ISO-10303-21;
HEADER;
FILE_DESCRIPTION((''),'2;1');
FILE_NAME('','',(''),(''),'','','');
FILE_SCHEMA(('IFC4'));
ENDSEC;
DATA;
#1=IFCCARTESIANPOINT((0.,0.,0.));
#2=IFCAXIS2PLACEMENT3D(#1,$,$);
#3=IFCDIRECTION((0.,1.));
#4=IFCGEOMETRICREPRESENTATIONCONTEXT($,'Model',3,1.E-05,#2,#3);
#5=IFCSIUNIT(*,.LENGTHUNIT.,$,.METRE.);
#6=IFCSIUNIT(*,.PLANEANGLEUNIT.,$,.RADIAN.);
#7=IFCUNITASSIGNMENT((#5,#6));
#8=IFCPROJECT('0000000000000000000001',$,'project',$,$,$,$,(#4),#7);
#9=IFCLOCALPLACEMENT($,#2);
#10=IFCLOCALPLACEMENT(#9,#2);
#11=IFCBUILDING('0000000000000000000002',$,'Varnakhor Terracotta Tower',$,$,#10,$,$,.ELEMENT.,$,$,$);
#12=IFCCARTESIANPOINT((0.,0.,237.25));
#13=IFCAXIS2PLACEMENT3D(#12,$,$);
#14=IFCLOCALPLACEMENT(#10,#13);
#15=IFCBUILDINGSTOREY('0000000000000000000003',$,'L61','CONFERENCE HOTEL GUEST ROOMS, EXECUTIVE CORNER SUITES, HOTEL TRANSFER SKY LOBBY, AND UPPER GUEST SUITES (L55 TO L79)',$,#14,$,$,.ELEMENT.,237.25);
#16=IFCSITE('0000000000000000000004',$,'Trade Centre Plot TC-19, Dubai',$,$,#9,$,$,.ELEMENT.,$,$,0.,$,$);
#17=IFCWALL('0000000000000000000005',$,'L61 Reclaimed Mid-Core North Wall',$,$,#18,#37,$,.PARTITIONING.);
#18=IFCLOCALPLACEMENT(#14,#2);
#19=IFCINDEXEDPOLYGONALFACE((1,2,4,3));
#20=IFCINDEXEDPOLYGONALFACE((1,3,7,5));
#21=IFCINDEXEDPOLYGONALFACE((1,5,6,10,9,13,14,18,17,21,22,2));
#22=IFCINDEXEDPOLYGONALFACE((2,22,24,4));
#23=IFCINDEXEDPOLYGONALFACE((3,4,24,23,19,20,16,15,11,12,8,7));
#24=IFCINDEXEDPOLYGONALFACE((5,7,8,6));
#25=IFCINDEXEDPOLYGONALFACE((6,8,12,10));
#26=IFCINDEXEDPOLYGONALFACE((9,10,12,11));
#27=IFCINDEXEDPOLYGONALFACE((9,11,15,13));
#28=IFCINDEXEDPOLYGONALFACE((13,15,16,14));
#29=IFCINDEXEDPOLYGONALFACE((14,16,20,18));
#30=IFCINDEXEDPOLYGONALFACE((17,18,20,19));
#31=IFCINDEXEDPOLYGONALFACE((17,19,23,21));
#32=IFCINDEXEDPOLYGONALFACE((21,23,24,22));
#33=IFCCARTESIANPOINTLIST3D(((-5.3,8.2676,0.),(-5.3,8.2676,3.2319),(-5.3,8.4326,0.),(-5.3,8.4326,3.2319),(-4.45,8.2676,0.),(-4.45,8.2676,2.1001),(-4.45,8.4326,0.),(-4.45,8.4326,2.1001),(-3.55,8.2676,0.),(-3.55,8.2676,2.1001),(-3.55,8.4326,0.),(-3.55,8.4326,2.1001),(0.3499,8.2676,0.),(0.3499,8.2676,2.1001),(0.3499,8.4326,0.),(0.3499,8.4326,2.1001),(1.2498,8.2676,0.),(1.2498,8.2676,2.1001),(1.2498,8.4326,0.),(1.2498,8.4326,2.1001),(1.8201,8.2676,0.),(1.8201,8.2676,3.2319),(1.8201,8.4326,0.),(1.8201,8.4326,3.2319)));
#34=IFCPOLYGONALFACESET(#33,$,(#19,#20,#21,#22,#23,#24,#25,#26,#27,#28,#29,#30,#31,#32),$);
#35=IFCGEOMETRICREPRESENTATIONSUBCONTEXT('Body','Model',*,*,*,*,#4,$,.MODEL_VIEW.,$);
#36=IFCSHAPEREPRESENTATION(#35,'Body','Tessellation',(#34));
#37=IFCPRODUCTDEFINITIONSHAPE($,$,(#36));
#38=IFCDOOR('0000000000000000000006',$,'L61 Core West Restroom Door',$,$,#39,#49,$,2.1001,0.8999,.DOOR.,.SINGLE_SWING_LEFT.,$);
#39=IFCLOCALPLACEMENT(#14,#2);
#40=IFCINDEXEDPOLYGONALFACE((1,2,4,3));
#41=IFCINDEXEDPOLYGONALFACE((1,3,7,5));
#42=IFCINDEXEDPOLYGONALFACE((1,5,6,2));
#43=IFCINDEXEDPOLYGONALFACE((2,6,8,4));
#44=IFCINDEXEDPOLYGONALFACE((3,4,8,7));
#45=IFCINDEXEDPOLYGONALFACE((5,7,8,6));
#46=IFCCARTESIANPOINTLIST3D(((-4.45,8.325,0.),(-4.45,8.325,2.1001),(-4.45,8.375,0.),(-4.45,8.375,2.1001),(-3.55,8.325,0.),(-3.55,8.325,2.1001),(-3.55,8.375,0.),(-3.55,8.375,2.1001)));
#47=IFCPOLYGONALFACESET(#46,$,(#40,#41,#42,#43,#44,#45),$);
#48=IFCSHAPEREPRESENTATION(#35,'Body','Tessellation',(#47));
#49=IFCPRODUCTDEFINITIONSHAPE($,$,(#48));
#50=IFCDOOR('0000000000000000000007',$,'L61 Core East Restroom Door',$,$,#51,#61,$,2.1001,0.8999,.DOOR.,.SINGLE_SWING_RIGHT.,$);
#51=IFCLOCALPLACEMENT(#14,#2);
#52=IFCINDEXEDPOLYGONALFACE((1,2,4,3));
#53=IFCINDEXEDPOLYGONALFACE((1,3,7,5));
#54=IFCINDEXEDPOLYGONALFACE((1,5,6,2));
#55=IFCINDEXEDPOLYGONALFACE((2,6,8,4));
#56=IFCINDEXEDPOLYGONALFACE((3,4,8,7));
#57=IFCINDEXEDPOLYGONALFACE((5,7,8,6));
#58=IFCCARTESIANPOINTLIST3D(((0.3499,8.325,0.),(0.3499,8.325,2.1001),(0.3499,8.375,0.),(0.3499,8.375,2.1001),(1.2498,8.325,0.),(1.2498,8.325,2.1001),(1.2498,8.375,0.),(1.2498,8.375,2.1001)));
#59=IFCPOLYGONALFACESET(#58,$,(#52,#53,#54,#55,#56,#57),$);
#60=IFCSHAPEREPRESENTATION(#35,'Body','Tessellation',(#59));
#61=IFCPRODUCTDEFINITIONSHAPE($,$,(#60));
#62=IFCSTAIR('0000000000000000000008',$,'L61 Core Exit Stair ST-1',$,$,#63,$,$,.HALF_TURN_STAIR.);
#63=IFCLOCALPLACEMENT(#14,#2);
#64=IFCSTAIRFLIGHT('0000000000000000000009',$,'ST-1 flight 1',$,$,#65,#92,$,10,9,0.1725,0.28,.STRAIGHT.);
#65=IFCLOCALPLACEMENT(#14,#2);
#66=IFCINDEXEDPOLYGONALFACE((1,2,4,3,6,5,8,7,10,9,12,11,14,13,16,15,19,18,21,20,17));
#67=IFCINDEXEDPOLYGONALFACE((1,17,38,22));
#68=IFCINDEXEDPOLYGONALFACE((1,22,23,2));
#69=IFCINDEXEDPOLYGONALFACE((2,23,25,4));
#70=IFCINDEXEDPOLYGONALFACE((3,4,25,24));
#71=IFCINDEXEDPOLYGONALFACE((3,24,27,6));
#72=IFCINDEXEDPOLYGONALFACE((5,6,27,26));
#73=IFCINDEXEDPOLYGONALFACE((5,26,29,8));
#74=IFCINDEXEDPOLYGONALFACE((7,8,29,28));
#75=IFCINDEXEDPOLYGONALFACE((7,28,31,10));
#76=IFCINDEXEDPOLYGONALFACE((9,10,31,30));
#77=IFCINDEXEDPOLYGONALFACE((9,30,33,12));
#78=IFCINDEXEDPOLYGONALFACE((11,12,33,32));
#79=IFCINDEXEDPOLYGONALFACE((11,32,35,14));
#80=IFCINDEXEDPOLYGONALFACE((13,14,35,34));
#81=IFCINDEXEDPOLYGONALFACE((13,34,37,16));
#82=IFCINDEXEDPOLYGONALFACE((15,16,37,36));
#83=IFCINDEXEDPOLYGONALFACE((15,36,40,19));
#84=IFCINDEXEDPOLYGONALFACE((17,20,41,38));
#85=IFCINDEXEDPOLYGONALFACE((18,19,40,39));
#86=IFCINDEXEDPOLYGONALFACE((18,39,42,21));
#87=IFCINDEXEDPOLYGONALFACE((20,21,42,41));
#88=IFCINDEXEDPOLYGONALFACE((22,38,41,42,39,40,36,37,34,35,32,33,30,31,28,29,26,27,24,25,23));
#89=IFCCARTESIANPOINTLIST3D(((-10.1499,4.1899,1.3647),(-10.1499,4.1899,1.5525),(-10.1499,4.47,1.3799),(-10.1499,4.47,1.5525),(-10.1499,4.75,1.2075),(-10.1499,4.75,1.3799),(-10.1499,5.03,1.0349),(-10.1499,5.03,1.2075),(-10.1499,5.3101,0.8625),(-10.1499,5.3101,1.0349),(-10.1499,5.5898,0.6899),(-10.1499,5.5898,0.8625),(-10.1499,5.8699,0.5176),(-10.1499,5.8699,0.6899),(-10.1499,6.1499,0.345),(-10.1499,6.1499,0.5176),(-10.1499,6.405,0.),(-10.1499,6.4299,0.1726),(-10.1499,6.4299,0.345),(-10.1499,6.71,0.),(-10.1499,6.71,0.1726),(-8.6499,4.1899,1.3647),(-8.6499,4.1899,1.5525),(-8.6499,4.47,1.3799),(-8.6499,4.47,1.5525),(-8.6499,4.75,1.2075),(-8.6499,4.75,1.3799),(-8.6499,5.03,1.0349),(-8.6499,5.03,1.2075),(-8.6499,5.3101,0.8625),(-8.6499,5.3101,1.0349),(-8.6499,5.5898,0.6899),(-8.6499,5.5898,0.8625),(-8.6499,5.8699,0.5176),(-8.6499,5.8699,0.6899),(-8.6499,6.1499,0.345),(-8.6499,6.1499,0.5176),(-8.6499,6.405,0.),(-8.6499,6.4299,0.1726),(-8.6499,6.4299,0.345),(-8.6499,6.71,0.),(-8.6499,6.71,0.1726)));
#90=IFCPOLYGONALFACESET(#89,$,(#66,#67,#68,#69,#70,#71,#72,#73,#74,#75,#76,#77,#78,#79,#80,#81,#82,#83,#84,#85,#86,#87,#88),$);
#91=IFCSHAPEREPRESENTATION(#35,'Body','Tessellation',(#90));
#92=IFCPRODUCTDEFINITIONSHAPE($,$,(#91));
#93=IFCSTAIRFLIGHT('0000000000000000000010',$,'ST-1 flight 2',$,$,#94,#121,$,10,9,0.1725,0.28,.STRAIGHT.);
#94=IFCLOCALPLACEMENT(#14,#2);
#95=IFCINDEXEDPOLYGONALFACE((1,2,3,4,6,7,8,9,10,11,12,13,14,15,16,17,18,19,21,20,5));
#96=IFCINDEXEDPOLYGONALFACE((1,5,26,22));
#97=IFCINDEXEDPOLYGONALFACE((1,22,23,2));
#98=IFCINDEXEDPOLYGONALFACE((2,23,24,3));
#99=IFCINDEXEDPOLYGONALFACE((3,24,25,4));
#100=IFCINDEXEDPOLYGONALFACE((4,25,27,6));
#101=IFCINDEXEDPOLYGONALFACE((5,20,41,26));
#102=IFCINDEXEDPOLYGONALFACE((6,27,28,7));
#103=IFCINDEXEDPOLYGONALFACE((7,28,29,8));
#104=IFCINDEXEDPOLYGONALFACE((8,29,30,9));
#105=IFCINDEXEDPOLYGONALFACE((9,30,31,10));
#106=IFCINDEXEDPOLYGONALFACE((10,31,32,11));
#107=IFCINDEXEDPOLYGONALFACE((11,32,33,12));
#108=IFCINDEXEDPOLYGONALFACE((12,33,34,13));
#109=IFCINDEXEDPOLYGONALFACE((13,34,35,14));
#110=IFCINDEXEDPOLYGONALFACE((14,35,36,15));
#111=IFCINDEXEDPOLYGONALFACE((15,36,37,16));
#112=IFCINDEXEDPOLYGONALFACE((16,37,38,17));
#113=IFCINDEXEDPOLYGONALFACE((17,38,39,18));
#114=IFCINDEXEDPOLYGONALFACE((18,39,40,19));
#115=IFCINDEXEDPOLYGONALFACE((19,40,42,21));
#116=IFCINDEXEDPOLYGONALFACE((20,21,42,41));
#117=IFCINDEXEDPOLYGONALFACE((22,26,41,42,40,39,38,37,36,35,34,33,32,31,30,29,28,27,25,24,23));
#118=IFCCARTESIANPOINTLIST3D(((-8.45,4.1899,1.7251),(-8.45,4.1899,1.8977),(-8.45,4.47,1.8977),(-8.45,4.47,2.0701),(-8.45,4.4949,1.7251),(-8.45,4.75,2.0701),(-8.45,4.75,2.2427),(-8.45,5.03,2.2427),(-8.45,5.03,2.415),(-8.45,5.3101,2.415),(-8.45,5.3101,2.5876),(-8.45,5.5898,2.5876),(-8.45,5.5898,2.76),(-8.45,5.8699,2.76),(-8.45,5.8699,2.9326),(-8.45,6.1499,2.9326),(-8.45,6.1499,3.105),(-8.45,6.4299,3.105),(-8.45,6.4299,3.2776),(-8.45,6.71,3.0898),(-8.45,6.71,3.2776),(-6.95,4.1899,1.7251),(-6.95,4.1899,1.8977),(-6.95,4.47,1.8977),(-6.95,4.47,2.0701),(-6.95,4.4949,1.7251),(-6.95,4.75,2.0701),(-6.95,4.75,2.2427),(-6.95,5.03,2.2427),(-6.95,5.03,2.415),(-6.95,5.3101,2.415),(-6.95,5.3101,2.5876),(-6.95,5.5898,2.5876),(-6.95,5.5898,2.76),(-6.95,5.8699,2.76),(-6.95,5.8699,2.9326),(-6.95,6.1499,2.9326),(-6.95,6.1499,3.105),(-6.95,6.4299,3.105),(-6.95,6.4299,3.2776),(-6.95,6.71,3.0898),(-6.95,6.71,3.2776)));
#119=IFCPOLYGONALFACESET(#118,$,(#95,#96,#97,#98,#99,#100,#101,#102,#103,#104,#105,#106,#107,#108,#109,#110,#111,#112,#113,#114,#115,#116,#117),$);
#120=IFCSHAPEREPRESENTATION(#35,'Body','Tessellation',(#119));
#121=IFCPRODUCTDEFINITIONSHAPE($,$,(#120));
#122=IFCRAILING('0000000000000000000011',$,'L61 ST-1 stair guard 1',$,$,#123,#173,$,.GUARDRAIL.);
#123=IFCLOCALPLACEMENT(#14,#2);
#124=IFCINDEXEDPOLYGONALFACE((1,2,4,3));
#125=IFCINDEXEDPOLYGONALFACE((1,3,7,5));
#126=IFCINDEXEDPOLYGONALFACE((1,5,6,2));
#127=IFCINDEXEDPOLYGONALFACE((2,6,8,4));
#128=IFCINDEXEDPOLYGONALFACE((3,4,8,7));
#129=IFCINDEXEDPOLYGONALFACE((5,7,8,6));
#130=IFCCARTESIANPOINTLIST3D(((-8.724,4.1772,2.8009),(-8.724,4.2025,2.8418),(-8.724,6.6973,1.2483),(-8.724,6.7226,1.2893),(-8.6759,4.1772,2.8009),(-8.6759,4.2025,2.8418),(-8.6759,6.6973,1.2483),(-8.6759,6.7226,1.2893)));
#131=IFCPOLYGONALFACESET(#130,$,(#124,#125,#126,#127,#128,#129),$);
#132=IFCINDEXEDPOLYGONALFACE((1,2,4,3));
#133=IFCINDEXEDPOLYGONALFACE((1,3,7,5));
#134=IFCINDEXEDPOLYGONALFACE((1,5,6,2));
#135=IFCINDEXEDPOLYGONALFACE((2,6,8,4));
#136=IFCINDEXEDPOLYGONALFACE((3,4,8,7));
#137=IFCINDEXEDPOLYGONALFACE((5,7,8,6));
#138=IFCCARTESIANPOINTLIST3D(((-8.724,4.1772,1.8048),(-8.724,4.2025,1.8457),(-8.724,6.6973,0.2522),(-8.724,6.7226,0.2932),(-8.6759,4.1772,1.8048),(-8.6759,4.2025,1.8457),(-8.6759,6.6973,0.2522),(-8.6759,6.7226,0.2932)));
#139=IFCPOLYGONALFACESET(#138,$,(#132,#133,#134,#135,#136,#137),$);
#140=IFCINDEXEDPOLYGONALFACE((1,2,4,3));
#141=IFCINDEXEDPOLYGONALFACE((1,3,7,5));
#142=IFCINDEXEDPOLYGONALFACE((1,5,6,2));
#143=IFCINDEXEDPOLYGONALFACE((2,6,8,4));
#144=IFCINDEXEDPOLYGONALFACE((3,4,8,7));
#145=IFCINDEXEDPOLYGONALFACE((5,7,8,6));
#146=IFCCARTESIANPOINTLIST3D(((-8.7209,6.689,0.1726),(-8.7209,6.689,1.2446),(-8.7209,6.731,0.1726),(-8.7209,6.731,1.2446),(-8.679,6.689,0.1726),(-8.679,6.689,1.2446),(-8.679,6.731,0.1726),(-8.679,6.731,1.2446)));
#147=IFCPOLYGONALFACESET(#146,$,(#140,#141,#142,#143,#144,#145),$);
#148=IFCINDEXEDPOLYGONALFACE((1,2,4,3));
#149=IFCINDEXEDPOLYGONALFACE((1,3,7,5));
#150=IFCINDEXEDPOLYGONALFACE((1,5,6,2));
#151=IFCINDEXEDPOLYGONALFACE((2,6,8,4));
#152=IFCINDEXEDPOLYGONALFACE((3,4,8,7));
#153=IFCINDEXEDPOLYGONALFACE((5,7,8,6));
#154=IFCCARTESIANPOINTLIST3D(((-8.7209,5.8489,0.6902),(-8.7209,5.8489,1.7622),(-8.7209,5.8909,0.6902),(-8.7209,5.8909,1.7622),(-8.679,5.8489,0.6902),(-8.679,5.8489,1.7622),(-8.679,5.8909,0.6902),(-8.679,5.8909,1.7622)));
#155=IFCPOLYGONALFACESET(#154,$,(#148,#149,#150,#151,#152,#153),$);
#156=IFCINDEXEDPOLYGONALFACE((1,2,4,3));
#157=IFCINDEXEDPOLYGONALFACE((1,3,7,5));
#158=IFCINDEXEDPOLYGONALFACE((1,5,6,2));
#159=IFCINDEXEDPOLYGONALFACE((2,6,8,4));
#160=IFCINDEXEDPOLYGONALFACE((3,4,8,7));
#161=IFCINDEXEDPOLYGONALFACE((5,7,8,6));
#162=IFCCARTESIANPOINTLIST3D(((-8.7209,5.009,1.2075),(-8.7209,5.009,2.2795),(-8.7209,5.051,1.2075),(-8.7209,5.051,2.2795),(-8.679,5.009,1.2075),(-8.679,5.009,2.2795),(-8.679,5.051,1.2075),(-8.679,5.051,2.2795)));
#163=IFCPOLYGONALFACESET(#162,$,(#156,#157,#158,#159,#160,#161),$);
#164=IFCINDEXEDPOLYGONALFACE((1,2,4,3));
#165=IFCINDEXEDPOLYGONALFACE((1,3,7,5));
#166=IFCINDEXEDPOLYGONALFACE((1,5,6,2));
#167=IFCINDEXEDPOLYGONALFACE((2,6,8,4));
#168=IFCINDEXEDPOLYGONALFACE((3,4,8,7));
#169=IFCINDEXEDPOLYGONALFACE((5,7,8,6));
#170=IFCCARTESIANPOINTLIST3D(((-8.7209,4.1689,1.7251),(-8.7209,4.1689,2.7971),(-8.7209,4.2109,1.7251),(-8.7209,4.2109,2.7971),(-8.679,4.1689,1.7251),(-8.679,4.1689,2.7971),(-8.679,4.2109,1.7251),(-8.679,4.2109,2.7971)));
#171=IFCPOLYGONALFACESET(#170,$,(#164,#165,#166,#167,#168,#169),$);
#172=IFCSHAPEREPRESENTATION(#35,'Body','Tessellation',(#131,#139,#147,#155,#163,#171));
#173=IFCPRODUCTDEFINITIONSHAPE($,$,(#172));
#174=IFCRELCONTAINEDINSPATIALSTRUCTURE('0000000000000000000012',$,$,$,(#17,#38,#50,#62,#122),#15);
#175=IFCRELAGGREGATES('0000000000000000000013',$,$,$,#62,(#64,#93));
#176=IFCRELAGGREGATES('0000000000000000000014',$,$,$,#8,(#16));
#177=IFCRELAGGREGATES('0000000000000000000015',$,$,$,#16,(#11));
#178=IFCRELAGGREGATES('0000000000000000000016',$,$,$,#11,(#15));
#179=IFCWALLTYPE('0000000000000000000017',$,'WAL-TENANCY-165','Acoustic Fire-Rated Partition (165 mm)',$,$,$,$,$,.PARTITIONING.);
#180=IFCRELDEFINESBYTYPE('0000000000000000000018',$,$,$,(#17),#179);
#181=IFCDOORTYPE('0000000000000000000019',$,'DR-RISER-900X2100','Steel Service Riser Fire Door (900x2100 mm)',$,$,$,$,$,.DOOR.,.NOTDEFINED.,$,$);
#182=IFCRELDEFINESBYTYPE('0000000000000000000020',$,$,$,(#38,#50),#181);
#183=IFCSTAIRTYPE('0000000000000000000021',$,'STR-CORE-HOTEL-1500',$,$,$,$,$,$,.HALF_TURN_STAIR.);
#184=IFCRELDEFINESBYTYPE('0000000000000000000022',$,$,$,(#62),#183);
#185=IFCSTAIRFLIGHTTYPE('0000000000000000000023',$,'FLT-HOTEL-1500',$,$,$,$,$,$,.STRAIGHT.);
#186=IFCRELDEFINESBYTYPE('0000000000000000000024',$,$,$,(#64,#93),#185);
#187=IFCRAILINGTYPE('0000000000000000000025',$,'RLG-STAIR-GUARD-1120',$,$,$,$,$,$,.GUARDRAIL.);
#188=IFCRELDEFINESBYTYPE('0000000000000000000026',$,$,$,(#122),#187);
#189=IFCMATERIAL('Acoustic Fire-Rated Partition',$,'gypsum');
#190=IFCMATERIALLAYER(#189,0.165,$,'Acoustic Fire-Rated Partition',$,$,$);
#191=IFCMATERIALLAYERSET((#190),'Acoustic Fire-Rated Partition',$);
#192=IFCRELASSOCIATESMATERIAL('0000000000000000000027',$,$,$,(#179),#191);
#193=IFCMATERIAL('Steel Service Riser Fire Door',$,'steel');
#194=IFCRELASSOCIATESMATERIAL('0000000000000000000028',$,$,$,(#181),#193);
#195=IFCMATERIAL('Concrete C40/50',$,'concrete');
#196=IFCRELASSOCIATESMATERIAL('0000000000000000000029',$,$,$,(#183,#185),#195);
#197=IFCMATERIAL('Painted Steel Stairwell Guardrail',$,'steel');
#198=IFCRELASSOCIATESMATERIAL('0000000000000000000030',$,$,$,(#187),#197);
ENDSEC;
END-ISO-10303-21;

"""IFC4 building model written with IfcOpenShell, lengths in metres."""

from ifc_helpers import new_model, si_unit, direction, frame, frame_2d, origin, origin_2d, place, context, subcontext, project, spatial, polyline, rectangle, outline, extrude, source, transform, mapped, material, layer, layer_set, type_object, type_shapes, element, fill, aggregate, save


model = new_model("IFC4")

# Units and contexts
model_context = context("Model", 3, precision=1e-05, world=origin(), true_north=direction((0.0, 1.0)))
body_context = subcontext(model_context, "Body", "Model", "MODEL_VIEW")
ifc_project = project(units=[si_unit("LENGTHUNIT", "METRE"), si_unit("PLANEANGLEUNIT", "RADIAN")], contexts=[model_context])

# Site, building, storey
site_placement = place(None, origin())
site = spatial("IfcSite", under=ifc_project, at=site_placement, Name="Trade Centre Plot TC-19, Dubai", CompositionType="ELEMENT", RefElevation=0.0)
building_placement = place(site_placement, origin())
building = spatial("IfcBuilding", under=site, at=building_placement, Name="Varnakhor Terracotta Tower", CompositionType="ELEMENT")
storey_placement = place(building_placement, frame((0.0, 0.0, 237.25)))
storey = spatial("IfcBuildingStorey", under=building, at=storey_placement, Name="L61", Description="CONFERENCE HOTEL GUEST ROOMS, EXECUTIVE CORNER SUITES, HOTEL TRANSFER SKY LOBBY, AND UPPER GUEST SUITES (L55 TO L79)", CompositionType="ELEMENT", Elevation=237.25)

# Shared definitions
ifc_material_1 = material(Name="Concrete C40/50", Category="concrete")

# Shared definitions
ifc_material_2 = material(Name="Acoustic Fire-Rated Partition", Category="gypsum")
ifc_layer_1 = layer(ifc_material_2, 0.165, Name="Acoustic Fire-Rated Partition")
ifc_layer_set_1 = layer_set([ifc_layer_1], Name="Acoustic Fire-Rated Partition")
wall_type_1 = type_object("IfcWallType", Name="WAL-TENANCY-165", Description="Acoustic Fire-Rated Partition (165 mm)", PredefinedType="PARTITIONING", material=ifc_layer_set_1)
ifc_material_3 = material(Name="Steel Service Riser Fire Door", Category="steel")
door_type_1 = type_object("IfcDoorType", Name="DR-RISER-900X2100", Description="Steel Service Riser Fire Door (900x2100 mm)", OperationType="NOTDEFINED", PredefinedType="DOOR", material=ifc_material_3)
shared_shape_1 = source(origin(), body_context, "Body", "SweptSolid", [
    extrude(rectangle(XDim=0.8999, YDim=2.1001, at=frame_2d((0.45, 1.05))), frame((0.0, 0.0249, 0.0), z_axis=(0.0, -1.0, 0.0), x_axis=(1.0, 0.0, 0.0)), (0.0, 0.0, 1.0), 0.05),
])
type_shapes(door_type_1, [shared_shape_1])

# Wall, openings, doors
wall_1_placement = place(storey_placement, frame((-5.3, 8.3501, 0.0), z_axis=(0.0, 0.0, 1.0), x_axis=(1.0, 0.0, 0.0)))
wall_1 = element("IfcWall", 1, at=wall_1_placement, inside=storey, type_object=wall_type_1, Name="L61 Reclaimed Mid-Core North Wall", PredefinedType="PARTITIONING", context=body_context, shape_type="SweptSolid", body=[
    extrude(rectangle(XDim=7.1201, YDim=0.165, at=frame_2d((3.5601, 0.0))), origin(), (0.0, 0.0, 1.0), 3.2319),
])
opening_1_placement = place(wall_1_placement, frame((0.8501, 0.0, 0.0)))
opening_1 = element("IfcOpeningElement", 2, at=opening_1_placement, cuts=wall_1, PredefinedType="OPENING", context=body_context, shape_type="SweptSolid", body=[
    extrude(rectangle(XDim=0.8999, YDim=2.1001, at=frame_2d((0.45, 1.05))), frame((0.0, 0.0925, 0.0), z_axis=(0.0, -1.0, 0.0), x_axis=(1.0, 0.0, 0.0)), (0.0, 0.0, 1.0), 0.1851),
])
opening_2_placement = place(wall_1_placement, frame((5.6499, 0.0, 0.0)))
opening_2 = element("IfcOpeningElement", 3, at=opening_2_placement, cuts=wall_1, PredefinedType="OPENING", context=body_context, shape_type="SweptSolid", body=[
    extrude(rectangle(XDim=0.8999, YDim=2.1001, at=frame_2d((0.45, 1.05))), frame((0.0, 0.0925, 0.0), z_axis=(0.0, -1.0, 0.0), x_axis=(1.0, 0.0, 0.0)), (0.0, 0.0, 1.0), 0.1851),
])
door_1_placement = place(opening_1_placement, origin())
door_1 = element("IfcDoor", 4, at=door_1_placement, inside=storey, type_object=door_type_1, Name="L61 Core West Restroom Door", OperationType="SINGLE_SWING_LEFT", OverallHeight=2.1001, OverallWidth=0.8999, PredefinedType="DOOR", context=body_context, shape_type="MappedRepresentation", body=[
    mapped(shared_shape_1, transform((0.0, 0.0, 0.0), scale=1.0)),
])
fill(opening_1, door_1)
door_2_placement = place(opening_2_placement, origin())
door_2 = element("IfcDoor", 5, at=door_2_placement, inside=storey, type_object=door_type_1, Name="L61 Core East Restroom Door", OperationType="SINGLE_SWING_RIGHT", OverallHeight=2.1001, OverallWidth=0.8999, PredefinedType="DOOR", context=body_context, shape_type="MappedRepresentation", body=[
    mapped(shared_shape_1, transform((0.0, 0.0, 0.0), scale=1.0)),
])
fill(opening_2, door_2)

# Stair, stair flights
stair_type = type_object("IfcStairType", Name="STR-CORE-HOTEL-1500", PredefinedType="HALF_TURN_STAIR", material=ifc_material_1)
stair_placement = place(storey_placement, origin())
stair = element("IfcStair", 6, at=stair_placement, inside=storey, type_object=stair_type, Name="L61 Core Exit Stair ST-1", PredefinedType="HALF_TURN_STAIR")
stair_flight_type = type_object("IfcStairFlightType", Name="FLT-HOTEL-1500", PredefinedType="STRAIGHT", material=ifc_material_1)
stair_flight_1_placement = place(storey_placement, frame((-9.3999, 6.71, 0.0), z_axis=(0.0, 0.0, 1.0), x_axis=(0.0, -1.0, 0.0)))
stair_flight_1 = element("IfcStairFlight", 7, at=stair_flight_1_placement, type_object=stair_flight_type, Name="ST-1 flight 1", NumberOfRisers=10, NumberOfTreads=9, PredefinedType="STRAIGHT", RiserHeight=0.1725, TreadLength=0.28, context=body_context, shape_type="SweptSolid", body=[
    extrude(outline(polyline([(0.0, 0.0), (0.0, 0.1726), (0.28, 0.1726), (0.28, 0.345), (0.5601, 0.345), (0.5601, 0.5176), (0.8401, 0.5176), (0.8401, 0.6899), (1.1201, 0.6899), (1.1201, 0.8625), (1.3999, 0.8625), (1.3999, 1.0349), (1.6799, 1.0349), (1.6799, 1.2075), (1.96, 1.2075), (1.96, 1.3799), (2.24, 1.3799), (2.24, 1.5525), (2.52, 1.5525), (2.52, 1.7251), (2.52, 1.3647), (0.3049, 0.0), (0.0, 0.0)])), frame((0.0, 0.75, 0.0), z_axis=(0.0, -1.0, 0.0), x_axis=(1.0, 0.0, 0.0)), (0.0, 0.0, 1.0), 1.5),
])
stair_flight_2_placement = place(storey_placement, frame((-7.7, 4.1899, 1.7251), z_axis=(0.0, 0.0, 1.0), x_axis=(0.0, 1.0, 0.0)))
stair_flight_2 = element("IfcStairFlight", 8, at=stair_flight_2_placement, type_object=stair_flight_type, Name="ST-1 flight 2", NumberOfRisers=10, NumberOfTreads=9, PredefinedType="STRAIGHT", RiserHeight=0.1725, TreadLength=0.28, context=body_context, shape_type="SweptSolid", body=[
    extrude(outline(polyline([(0.0, 0.0), (0.0, 0.1726), (0.28, 0.1726), (0.28, 0.345), (0.5601, 0.345), (0.5601, 0.5176), (0.8401, 0.5176), (0.8401, 0.6899), (1.1201, 0.6899), (1.1201, 0.8625), (1.3999, 0.8625), (1.3999, 1.0349), (1.6799, 1.0349), (1.6799, 1.2075), (1.96, 1.2075), (1.96, 1.3799), (2.24, 1.3799), (2.24, 1.5525), (2.52, 1.5525), (2.52, 1.7251), (2.52, 1.3647), (0.3049, 0.0), (0.0, 0.0)])), frame((0.0, 0.75, 0.0), z_axis=(0.0, -1.0, 0.0), x_axis=(1.0, 0.0, 0.0)), (0.0, 0.0, 1.0), 1.5),
])
aggregate(stair, [stair_flight_1, stair_flight_2])

# Railing
ifc_material_4 = material(Name="Painted Steel Stairwell Guardrail", Category="steel")
railing_type_1 = type_object("IfcRailingType", Name="RLG-STAIR-GUARD-1120", PredefinedType="GUARDRAIL", material=ifc_material_4)
railing_1_placement = place(storey_placement, frame((-8.7, 6.71, 0.1726)))
element("IfcRailing", 9, at=railing_1_placement, inside=storey, type_object=railing_type_1, Name="L61 ST-1 stair guard 1", PredefinedType="GUARDRAIL", context=body_context, shape_type="SweptSolid", body=[
    extrude(rectangle(XDim=0.0481, YDim=0.0481, at=origin_2d()), frame((0.0, 0.0, 1.0962), z_axis=(0.0, -0.8514, 0.524516), x_axis=(1.0, 0.0, 0.0)), (0.0, 0.0, 1.0), 2.96),
    extrude(rectangle(XDim=0.0481, YDim=0.0481, at=origin_2d()), frame((0.0, 0.0, 0.1001), z_axis=(0.0, -0.8514, 0.524516), x_axis=(1.0, 0.0, 0.0)), (0.0, 0.0, 1.0), 2.96),
    extrude(rectangle(XDim=0.042, YDim=0.042, at=origin_2d()), origin(), (0.0, 0.0, 1.0), 1.072),
    extrude(rectangle(XDim=0.042, YDim=0.042, at=origin_2d()), frame((0.0, -0.8401, 0.5176)), (0.0, 0.0, 1.0), 1.072),
    extrude(rectangle(XDim=0.042, YDim=0.042, at=origin_2d()), frame((0.0, -1.6799, 1.0349)), (0.0, 0.0, 1.0), 1.072),
    extrude(rectangle(XDim=0.042, YDim=0.042, at=origin_2d()), frame((0.0, -2.52, 1.5525)), (0.0, 0.0, 1.0), 1.072),
])

save(model, "model.ifc")
